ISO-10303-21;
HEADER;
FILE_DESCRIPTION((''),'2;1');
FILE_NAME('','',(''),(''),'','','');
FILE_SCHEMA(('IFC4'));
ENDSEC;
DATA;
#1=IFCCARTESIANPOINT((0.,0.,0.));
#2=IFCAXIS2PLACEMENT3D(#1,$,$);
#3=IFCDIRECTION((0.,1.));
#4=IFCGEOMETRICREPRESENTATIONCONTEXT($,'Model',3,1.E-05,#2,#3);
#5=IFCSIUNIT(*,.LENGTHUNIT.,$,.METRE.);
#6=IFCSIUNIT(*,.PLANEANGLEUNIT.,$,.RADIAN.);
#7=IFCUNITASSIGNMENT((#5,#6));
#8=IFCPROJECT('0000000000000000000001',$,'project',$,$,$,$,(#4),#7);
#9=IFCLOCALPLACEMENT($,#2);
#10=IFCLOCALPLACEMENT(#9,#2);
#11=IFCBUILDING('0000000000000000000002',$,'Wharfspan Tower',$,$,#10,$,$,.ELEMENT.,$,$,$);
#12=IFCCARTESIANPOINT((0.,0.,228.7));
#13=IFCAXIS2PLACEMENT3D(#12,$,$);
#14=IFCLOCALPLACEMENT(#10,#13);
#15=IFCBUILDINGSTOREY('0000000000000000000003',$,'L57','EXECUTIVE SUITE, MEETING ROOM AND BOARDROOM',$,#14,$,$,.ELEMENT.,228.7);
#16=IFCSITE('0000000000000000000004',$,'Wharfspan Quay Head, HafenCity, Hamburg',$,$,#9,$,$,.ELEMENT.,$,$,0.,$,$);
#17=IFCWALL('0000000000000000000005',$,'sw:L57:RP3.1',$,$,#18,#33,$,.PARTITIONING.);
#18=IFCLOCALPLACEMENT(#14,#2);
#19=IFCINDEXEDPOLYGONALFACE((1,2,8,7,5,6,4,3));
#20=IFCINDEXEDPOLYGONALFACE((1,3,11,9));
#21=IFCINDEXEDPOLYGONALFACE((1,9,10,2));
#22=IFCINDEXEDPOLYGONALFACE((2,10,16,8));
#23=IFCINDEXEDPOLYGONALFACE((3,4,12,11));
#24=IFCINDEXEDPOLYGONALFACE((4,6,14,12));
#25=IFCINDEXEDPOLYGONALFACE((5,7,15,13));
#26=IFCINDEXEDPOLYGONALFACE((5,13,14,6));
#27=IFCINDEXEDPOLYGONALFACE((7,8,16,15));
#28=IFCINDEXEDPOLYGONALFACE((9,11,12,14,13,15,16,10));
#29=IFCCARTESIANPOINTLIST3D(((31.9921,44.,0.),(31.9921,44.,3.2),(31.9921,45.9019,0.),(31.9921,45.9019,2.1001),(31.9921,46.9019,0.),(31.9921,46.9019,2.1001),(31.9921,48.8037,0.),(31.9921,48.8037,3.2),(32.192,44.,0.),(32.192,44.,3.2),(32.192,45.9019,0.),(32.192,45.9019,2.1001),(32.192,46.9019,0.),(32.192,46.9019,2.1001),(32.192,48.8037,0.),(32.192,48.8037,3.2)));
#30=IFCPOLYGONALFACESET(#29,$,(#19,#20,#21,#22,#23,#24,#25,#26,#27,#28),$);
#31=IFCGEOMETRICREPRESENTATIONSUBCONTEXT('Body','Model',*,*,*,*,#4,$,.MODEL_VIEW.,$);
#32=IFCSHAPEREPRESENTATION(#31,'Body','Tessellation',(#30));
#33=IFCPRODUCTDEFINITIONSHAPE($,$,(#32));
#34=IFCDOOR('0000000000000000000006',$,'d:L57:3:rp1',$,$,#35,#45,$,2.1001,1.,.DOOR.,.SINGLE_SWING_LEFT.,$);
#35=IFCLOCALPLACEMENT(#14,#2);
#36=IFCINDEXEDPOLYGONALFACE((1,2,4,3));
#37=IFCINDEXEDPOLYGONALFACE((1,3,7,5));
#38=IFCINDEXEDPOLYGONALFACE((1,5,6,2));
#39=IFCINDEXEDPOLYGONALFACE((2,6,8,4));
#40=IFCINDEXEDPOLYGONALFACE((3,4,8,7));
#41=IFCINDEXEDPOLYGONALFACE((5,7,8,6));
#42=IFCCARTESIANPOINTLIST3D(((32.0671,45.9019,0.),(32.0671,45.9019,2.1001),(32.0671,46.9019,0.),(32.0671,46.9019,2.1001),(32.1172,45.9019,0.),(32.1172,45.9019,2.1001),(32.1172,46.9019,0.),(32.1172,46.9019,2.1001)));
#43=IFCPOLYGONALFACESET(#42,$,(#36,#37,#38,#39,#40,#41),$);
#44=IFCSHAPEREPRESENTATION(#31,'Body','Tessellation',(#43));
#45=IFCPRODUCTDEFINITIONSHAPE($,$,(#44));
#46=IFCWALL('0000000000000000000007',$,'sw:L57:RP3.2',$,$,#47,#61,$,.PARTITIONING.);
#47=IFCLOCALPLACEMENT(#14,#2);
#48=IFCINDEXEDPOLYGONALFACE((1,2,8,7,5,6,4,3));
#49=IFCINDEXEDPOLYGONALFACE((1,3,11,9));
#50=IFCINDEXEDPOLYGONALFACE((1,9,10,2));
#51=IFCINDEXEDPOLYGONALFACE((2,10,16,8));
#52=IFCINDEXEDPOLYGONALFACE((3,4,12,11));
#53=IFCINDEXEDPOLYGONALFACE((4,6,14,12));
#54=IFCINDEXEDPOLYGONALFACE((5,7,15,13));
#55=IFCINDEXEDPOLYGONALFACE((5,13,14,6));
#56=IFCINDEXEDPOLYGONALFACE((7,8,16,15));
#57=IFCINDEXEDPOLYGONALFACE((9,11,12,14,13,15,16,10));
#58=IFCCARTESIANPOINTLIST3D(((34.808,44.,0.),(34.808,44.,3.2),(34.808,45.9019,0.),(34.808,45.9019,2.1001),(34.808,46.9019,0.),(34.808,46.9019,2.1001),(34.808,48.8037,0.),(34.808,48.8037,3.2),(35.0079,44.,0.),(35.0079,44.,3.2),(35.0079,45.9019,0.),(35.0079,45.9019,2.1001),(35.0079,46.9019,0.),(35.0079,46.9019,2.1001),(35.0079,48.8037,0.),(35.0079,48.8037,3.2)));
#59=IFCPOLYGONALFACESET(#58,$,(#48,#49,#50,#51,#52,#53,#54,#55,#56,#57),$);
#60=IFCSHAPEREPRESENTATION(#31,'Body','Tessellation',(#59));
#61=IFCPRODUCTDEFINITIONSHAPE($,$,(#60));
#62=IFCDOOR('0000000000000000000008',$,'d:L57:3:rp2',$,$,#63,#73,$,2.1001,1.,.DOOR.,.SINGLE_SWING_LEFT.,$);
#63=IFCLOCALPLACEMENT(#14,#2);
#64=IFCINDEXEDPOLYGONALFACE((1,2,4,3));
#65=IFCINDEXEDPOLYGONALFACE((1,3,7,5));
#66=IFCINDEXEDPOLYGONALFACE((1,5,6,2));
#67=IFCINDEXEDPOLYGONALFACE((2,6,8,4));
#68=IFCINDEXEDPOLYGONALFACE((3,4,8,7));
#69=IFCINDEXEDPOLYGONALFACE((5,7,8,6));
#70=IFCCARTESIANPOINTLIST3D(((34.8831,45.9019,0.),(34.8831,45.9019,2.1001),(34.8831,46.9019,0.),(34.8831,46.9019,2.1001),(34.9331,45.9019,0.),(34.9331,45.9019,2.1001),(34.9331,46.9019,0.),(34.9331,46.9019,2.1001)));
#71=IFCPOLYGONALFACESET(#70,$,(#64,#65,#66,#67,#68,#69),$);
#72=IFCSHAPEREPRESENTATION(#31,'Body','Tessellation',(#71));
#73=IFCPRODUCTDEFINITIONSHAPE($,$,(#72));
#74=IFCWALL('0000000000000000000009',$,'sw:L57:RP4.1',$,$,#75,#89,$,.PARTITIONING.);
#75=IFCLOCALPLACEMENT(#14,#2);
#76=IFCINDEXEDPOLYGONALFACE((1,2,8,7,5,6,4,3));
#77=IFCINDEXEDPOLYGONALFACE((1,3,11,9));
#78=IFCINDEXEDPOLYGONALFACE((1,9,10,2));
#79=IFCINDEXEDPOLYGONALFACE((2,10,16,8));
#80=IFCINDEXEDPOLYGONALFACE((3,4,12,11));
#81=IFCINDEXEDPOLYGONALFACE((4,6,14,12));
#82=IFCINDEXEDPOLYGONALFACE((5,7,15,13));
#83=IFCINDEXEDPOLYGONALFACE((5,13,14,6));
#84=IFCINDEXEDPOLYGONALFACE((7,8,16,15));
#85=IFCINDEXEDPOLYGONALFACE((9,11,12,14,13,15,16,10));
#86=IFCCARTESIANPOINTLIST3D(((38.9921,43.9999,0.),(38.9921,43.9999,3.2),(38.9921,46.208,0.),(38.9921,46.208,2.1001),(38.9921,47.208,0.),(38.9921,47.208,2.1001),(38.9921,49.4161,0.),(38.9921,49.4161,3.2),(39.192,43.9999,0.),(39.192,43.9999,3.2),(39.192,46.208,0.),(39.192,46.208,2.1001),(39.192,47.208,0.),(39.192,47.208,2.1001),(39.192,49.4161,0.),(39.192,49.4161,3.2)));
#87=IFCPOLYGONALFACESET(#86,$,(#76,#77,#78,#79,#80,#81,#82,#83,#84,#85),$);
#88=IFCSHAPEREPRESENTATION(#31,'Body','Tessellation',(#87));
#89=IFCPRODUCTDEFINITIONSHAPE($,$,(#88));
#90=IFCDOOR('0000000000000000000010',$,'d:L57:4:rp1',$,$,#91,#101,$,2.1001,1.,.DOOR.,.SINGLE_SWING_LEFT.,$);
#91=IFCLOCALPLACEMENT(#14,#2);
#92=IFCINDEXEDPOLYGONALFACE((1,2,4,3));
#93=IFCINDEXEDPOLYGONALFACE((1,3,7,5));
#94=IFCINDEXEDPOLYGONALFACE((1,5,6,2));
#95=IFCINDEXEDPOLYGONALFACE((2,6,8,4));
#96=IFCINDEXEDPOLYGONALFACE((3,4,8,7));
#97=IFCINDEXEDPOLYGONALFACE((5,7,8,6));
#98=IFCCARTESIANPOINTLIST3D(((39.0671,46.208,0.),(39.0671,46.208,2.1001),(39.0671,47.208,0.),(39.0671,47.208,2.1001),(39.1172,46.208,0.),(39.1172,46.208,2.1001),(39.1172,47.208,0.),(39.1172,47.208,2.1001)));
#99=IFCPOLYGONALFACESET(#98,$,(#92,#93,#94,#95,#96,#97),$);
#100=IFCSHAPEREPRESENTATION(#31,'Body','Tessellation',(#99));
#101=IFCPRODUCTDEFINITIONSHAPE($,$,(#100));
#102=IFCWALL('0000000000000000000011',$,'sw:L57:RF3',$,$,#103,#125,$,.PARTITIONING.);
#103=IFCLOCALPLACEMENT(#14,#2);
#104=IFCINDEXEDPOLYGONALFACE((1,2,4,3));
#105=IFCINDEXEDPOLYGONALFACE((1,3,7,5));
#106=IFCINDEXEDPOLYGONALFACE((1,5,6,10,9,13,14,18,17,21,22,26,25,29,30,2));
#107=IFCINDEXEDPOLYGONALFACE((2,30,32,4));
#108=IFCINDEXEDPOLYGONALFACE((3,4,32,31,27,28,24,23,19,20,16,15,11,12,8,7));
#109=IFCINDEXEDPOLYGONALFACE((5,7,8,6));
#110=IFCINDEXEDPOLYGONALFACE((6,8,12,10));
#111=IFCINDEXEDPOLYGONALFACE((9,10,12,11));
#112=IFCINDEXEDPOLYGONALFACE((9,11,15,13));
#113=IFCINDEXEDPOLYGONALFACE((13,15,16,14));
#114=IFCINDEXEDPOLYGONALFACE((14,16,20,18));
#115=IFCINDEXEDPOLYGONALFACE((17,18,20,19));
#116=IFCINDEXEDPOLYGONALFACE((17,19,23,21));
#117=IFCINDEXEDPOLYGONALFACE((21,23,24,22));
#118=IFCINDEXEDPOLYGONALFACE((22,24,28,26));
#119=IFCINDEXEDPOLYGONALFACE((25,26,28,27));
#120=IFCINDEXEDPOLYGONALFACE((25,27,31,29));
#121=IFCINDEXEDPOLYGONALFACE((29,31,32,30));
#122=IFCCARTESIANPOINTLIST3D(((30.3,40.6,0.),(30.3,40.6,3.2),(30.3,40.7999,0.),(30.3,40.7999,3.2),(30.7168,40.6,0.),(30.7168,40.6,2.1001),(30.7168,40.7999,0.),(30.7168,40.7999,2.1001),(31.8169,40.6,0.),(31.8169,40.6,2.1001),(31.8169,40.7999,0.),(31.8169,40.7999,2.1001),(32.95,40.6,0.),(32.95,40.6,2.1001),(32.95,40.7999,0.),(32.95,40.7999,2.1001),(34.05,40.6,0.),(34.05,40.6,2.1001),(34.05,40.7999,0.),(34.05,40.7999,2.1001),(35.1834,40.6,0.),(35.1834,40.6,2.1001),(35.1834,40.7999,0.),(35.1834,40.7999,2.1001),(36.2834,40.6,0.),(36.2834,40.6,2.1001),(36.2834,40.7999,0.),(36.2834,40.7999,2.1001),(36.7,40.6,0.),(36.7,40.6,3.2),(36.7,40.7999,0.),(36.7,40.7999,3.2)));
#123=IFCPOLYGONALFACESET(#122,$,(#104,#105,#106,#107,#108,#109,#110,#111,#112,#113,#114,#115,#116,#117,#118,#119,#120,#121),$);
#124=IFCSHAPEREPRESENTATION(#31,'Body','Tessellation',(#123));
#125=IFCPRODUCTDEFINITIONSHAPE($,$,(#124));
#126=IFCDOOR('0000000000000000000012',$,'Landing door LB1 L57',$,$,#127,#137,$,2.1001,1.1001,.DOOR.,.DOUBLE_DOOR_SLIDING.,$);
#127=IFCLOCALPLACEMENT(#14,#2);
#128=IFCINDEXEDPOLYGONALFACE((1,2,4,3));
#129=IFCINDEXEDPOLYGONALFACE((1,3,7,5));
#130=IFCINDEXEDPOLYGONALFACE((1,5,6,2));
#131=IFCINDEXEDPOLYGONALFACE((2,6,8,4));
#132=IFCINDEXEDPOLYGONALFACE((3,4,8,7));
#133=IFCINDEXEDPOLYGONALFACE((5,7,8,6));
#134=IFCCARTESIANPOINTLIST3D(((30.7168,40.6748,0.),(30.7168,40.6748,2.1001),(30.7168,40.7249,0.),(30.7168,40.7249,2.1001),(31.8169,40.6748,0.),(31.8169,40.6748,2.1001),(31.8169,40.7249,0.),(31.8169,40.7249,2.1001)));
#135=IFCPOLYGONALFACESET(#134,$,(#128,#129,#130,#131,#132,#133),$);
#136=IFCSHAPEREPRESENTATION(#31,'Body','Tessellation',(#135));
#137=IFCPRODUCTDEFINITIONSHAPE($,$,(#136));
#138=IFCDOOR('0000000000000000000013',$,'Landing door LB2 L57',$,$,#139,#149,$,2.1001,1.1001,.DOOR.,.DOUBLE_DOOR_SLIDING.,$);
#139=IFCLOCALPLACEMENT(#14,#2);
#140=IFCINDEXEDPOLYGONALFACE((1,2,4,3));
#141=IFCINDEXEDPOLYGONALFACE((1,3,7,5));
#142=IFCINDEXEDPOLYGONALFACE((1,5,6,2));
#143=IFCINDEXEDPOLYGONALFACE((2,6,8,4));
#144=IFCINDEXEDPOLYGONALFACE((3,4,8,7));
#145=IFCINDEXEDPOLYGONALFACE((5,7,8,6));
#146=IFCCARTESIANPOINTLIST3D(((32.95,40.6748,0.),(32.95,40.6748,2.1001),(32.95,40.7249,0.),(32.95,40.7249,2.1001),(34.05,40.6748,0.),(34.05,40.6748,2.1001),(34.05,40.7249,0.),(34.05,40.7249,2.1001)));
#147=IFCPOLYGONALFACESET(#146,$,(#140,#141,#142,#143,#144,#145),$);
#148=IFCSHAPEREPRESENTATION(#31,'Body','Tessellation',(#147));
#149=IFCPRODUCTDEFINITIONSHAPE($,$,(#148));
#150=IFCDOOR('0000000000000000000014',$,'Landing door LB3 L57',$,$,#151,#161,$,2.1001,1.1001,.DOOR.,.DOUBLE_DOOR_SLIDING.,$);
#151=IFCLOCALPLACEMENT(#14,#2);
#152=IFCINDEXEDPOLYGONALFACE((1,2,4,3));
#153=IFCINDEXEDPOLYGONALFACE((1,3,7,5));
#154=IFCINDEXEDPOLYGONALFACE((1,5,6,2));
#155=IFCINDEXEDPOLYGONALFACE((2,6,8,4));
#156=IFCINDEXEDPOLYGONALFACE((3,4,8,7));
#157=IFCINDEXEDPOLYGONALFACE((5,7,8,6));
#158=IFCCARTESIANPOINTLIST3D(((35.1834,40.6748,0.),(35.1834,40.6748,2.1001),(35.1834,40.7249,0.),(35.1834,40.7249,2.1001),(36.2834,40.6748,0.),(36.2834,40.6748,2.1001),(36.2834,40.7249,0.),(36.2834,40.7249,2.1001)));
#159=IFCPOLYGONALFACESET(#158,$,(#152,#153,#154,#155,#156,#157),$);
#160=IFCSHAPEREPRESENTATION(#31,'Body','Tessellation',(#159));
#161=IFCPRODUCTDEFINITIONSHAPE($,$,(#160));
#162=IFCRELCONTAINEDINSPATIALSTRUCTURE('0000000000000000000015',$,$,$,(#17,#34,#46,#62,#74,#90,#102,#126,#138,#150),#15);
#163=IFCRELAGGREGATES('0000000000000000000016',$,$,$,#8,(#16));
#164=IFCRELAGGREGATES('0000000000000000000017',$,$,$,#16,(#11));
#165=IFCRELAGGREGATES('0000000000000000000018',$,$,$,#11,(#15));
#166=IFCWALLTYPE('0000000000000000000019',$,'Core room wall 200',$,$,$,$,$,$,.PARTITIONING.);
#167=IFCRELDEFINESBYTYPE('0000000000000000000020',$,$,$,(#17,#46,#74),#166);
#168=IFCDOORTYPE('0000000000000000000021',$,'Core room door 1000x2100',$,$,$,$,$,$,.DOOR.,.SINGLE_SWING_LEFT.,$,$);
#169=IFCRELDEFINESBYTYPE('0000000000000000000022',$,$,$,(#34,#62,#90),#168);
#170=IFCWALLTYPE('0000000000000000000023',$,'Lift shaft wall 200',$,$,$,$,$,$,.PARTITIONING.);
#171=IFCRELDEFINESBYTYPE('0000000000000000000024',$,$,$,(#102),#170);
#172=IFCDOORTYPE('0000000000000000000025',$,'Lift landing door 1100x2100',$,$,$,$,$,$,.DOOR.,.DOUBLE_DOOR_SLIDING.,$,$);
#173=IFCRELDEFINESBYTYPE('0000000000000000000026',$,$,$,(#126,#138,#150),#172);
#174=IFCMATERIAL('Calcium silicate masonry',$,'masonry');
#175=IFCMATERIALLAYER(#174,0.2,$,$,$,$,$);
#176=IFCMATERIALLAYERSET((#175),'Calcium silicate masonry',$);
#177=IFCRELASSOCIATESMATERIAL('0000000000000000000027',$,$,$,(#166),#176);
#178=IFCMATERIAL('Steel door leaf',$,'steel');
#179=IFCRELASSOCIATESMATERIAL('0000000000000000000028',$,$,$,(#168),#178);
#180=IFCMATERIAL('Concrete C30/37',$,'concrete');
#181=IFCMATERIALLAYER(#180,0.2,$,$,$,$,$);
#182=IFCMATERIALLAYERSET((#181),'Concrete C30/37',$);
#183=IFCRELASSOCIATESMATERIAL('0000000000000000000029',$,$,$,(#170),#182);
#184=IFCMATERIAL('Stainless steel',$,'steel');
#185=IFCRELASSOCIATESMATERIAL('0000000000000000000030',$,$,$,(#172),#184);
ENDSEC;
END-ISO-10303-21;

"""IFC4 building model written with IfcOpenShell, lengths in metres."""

from ifc_helpers import new_model, si_unit, direction, frame, frame_2d, origin, place, context, subcontext, project, spatial, rectangle, extrude, material, layer, layer_set, type_object, element, fill, save


model = new_model("IFC4")

# Units and contexts
model_context = context("Model", 3, precision=1e-05, world=origin(), true_north=direction((0.0, 1.0)))
body_context = subcontext(model_context, "Body", "Model", "MODEL_VIEW")
ifc_project = project(units=[si_unit("LENGTHUNIT", "METRE"), si_unit("PLANEANGLEUNIT", "RADIAN")], contexts=[model_context])

# Site, building, storey
site_placement = place(None, origin())
site = spatial("IfcSite", under=ifc_project, at=site_placement, Name="Wharfspan Quay Head, HafenCity, Hamburg", CompositionType="ELEMENT", RefElevation=0.0)
building_placement = place(site_placement, origin())
building = spatial("IfcBuilding", under=site, at=building_placement, Name="Wharfspan Tower", CompositionType="ELEMENT")
storey_placement = place(building_placement, frame((0.0, 0.0, 228.7)))
storey = spatial("IfcBuildingStorey", under=building, at=storey_placement, Name="L57", Description="EXECUTIVE SUITE, MEETING ROOM AND BOARDROOM", CompositionType="ELEMENT", Elevation=228.7)

# Walls, openings, doors
ifc_material_1 = material(Name="Calcium silicate masonry", Category="masonry")
ifc_layer_1 = layer(ifc_material_1, 0.2)
ifc_layer_set_1 = layer_set([ifc_layer_1], Name="Calcium silicate masonry")
wall_type_1 = type_object("IfcWallType", Name="Core room wall 200", PredefinedType="PARTITIONING", material=ifc_layer_set_1)
wall_1_placement = place(storey_placement, frame((32.092, 44.0, 0.0), z_axis=(0.0, 0.0, 1.0), x_axis=(0.0, 1.0, 0.0)))
wall_1 = element("IfcWall", 1, at=wall_1_placement, inside=storey, type_object=wall_type_1, Name="sw:L57:RP3.1", PredefinedType="PARTITIONING", context=body_context, shape_type="SweptSolid", body=[
    extrude(rectangle(XDim=4.8037, YDim=0.2, at=frame_2d((2.4019, 0.0))), origin(), (0.0, 0.0, 1.0), 3.2),
])
opening_1_placement = place(wall_1_placement, frame((1.9019, 0.0, 0.0)))
opening_1 = element("IfcOpeningElement", 2, at=opening_1_placement, cuts=wall_1, PredefinedType="OPENING", context=body_context, shape_type="SweptSolid", body=[
    extrude(rectangle(XDim=1.0, YDim=2.1001, at=frame_2d((0.5, 1.05))), frame((0.0, 0.1099, 0.0), z_axis=(0.0, -1.0, 0.0), x_axis=(1.0, 0.0, 0.0)), (0.0, 0.0, 1.0), 0.22),
])
ifc_material_2 = material(Name="Steel door leaf", Category="steel")
door_type_1 = type_object("IfcDoorType", Name="Core room door 1000x2100", OperationType="SINGLE_SWING_LEFT", PredefinedType="DOOR", material=ifc_material_2)
door_1_placement = place(opening_1_placement, origin())
door_1 = element("IfcDoor", 3, at=door_1_placement, inside=storey, type_object=door_type_1, Name="d:L57:3:rp1", OperationType="SINGLE_SWING_LEFT", OverallHeight=2.1001, OverallWidth=1.0, PredefinedType="DOOR", context=body_context, shape_type="SweptSolid", body=[
    extrude(rectangle(XDim=1.0, YDim=2.1001, at=frame_2d((0.5, 1.05))), frame((0.0, 0.0249, 0.0), z_axis=(0.0, -1.0, 0.0), x_axis=(1.0, 0.0, 0.0)), (0.0, 0.0, 1.0), 0.05),
])
fill(opening_1, door_1)
wall_2_placement = place(storey_placement, frame((34.908, 44.0, 0.0), z_axis=(0.0, 0.0, 1.0), x_axis=(0.0, 1.0, 0.0)))
wall_2 = element("IfcWall", 4, at=wall_2_placement, inside=storey, type_object=wall_type_1, Name="sw:L57:RP3.2", PredefinedType="PARTITIONING", context=body_context, shape_type="SweptSolid", body=[
    extrude(rectangle(XDim=4.8037, YDim=0.2, at=frame_2d((2.4019, 0.0))), origin(), (0.0, 0.0, 1.0), 3.2),
])
opening_2_placement = place(wall_2_placement, frame((1.9019, 0.0, 0.0)))
opening_2 = element("IfcOpeningElement", 5, at=opening_2_placement, cuts=wall_2, PredefinedType="OPENING", context=body_context, shape_type="SweptSolid", body=[
    extrude(rectangle(XDim=1.0, YDim=2.1001, at=frame_2d((0.5, 1.05))), frame((0.0, 0.1099, 0.0), z_axis=(0.0, -1.0, 0.0), x_axis=(1.0, 0.0, 0.0)), (0.0, 0.0, 1.0), 0.22),
])
door_2_placement = place(opening_2_placement, origin())
door_2 = element("IfcDoor", 6, at=door_2_placement, inside=storey, type_object=door_type_1, Name="d:L57:3:rp2", OperationType="SINGLE_SWING_LEFT", OverallHeight=2.1001, OverallWidth=1.0, PredefinedType="DOOR", context=body_context, shape_type="SweptSolid", body=[
    extrude(rectangle(XDim=1.0, YDim=2.1001, at=frame_2d((0.5, 1.05))), frame((0.0, 0.0249, 0.0), z_axis=(0.0, -1.0, 0.0), x_axis=(1.0, 0.0, 0.0)), (0.0, 0.0, 1.0), 0.05),
])
fill(opening_2, door_2)
wall_3_placement = place(storey_placement, frame((39.092, 44.0, 0.0), z_axis=(0.0, 0.0, 1.0), x_axis=(0.0, 1.0, 0.0)))
wall_3 = element("IfcWall", 7, at=wall_3_placement, inside=storey, type_object=wall_type_1, Name="sw:L57:RP4.1", PredefinedType="PARTITIONING", context=body_context, shape_type="SweptSolid", body=[
    extrude(rectangle(XDim=5.4163, YDim=0.2, at=frame_2d((2.708, 0.0))), origin(), (0.0, 0.0, 1.0), 3.2),
])
opening_3_placement = place(wall_3_placement, frame((2.208, 0.0, 0.0)))
opening_3 = element("IfcOpeningElement", 8, at=opening_3_placement, cuts=wall_3, PredefinedType="OPENING", context=body_context, shape_type="SweptSolid", body=[
    extrude(rectangle(XDim=1.0, YDim=2.1001, at=frame_2d((0.5, 1.05))), frame((0.0, 0.1099, 0.0), z_axis=(0.0, -1.0, 0.0), x_axis=(1.0, 0.0, 0.0)), (0.0, 0.0, 1.0), 0.22),
])
door_3_placement = place(opening_3_placement, origin())
door_3 = element("IfcDoor", 9, at=door_3_placement, inside=storey, type_object=door_type_1, Name="d:L57:4:rp1", OperationType="SINGLE_SWING_LEFT", OverallHeight=2.1001, OverallWidth=1.0, PredefinedType="DOOR", context=body_context, shape_type="SweptSolid", body=[
    extrude(rectangle(XDim=1.0, YDim=2.1001, at=frame_2d((0.5, 1.05))), frame((0.0, 0.0249, 0.0), z_axis=(0.0, -1.0, 0.0), x_axis=(1.0, 0.0, 0.0)), (0.0, 0.0, 1.0), 0.05),
])
fill(opening_3, door_3)

# Wall, openings, doors
ifc_material_3 = material(Name="Concrete C30/37", Category="concrete")
ifc_layer_2 = layer(ifc_material_3, 0.2)
ifc_layer_set_2 = layer_set([ifc_layer_2], Name="Concrete C30/37")
wall_type_2 = type_object("IfcWallType", Name="Lift shaft wall 200", PredefinedType="PARTITIONING", material=ifc_layer_set_2)
wall_4_placement = place(storey_placement, frame((30.3, 40.7, 0.0), z_axis=(0.0, 0.0, 1.0), x_axis=(1.0, 0.0, 0.0)))
wall_4 = element("IfcWall", 10, at=wall_4_placement, inside=storey, type_object=wall_type_2, Name="sw:L57:RF3", PredefinedType="PARTITIONING", context=body_context, shape_type="SweptSolid", body=[
    extrude(rectangle(XDim=6.3999, YDim=0.2, at=frame_2d((3.2, 0.0))), origin(), (0.0, 0.0, 1.0), 3.2),
])
opening_4_placement = place(wall_4_placement, frame((0.4167, 0.0, 0.0)))
opening_4 = element("IfcOpeningElement", 11, at=opening_4_placement, cuts=wall_4, PredefinedType="OPENING", context=body_context, shape_type="SweptSolid", body=[
    extrude(rectangle(XDim=1.1001, YDim=2.1001, at=frame_2d((0.55, 1.05))), frame((0.0, 0.1099, 0.0), z_axis=(0.0, -1.0, 0.0), x_axis=(1.0, 0.0, 0.0)), (0.0, 0.0, 1.0), 0.22),
])
opening_5_placement = place(wall_4_placement, frame((2.6499, 0.0, 0.0)))
opening_5 = element("IfcOpeningElement", 12, at=opening_5_placement, cuts=wall_4, PredefinedType="OPENING", context=body_context, shape_type="SweptSolid", body=[
    extrude(rectangle(XDim=1.1001, YDim=2.1001, at=frame_2d((0.55, 1.05))), frame((0.0, 0.1099, 0.0), z_axis=(0.0, -1.0, 0.0), x_axis=(1.0, 0.0, 0.0)), (0.0, 0.0, 1.0), 0.22),
])
opening_6_placement = place(wall_4_placement, frame((4.8833, 0.0, 0.0)))
opening_6 = element("IfcOpeningElement", 13, at=opening_6_placement, cuts=wall_4, PredefinedType="OPENING", context=body_context, shape_type="SweptSolid", body=[
    extrude(rectangle(XDim=1.1001, YDim=2.1001, at=frame_2d((0.55, 1.05))), frame((0.0, 0.1099, 0.0), z_axis=(0.0, -1.0, 0.0), x_axis=(1.0, 0.0, 0.0)), (0.0, 0.0, 1.0), 0.22),
])
ifc_material_4 = material(Name="Stainless steel", Category="steel")
door_type_2 = type_object("IfcDoorType", Name="Lift landing door 1100x2100", OperationType="DOUBLE_DOOR_SLIDING", PredefinedType="DOOR", material=ifc_material_4)
door_4_placement = place(opening_4_placement, origin())
door_4 = element("IfcDoor", 14, at=door_4_placement, inside=storey, type_object=door_type_2, Name="Landing door LB1 L57", OperationType="DOUBLE_DOOR_SLIDING", OverallHeight=2.1001, OverallWidth=1.1001, PredefinedType="DOOR", context=body_context, shape_type="SweptSolid", body=[
    extrude(rectangle(XDim=1.1001, YDim=2.1001, at=frame_2d((0.55, 1.05))), frame((0.0, 0.0249, 0.0), z_axis=(0.0, -1.0, 0.0), x_axis=(1.0, 0.0, 0.0)), (0.0, 0.0, 1.0), 0.05),
])
fill(opening_4, door_4)
door_5_placement = place(opening_5_placement, origin())
door_5 = element("IfcDoor", 15, at=door_5_placement, inside=storey, type_object=door_type_2, Name="Landing door LB2 L57", OperationType="DOUBLE_DOOR_SLIDING", OverallHeight=2.1001, OverallWidth=1.1001, PredefinedType="DOOR", context=body_context, shape_type="SweptSolid", body=[
    extrude(rectangle(XDim=1.1001, YDim=2.1001, at=frame_2d((0.55, 1.05))), frame((0.0, 0.0249, 0.0), z_axis=(0.0, -1.0, 0.0), x_axis=(1.0, 0.0, 0.0)), (0.0, 0.0, 1.0), 0.05),
])
fill(opening_5, door_5)
door_6_placement = place(opening_6_placement, origin())
door_6 = element("IfcDoor", 16, at=door_6_placement, inside=storey, type_object=door_type_2, Name="Landing door LB3 L57", OperationType="DOUBLE_DOOR_SLIDING", OverallHeight=2.1001, OverallWidth=1.1001, PredefinedType="DOOR", context=body_context, shape_type="SweptSolid", body=[
    extrude(rectangle(XDim=1.1001, YDim=2.1001, at=frame_2d((0.55, 1.05))), frame((0.0, 0.0249, 0.0), z_axis=(0.0, -1.0, 0.0), x_axis=(1.0, 0.0, 0.0)), (0.0, 0.0, 1.0), 0.05),
])
fill(opening_6, door_6)

save(model, "model.ifc")
